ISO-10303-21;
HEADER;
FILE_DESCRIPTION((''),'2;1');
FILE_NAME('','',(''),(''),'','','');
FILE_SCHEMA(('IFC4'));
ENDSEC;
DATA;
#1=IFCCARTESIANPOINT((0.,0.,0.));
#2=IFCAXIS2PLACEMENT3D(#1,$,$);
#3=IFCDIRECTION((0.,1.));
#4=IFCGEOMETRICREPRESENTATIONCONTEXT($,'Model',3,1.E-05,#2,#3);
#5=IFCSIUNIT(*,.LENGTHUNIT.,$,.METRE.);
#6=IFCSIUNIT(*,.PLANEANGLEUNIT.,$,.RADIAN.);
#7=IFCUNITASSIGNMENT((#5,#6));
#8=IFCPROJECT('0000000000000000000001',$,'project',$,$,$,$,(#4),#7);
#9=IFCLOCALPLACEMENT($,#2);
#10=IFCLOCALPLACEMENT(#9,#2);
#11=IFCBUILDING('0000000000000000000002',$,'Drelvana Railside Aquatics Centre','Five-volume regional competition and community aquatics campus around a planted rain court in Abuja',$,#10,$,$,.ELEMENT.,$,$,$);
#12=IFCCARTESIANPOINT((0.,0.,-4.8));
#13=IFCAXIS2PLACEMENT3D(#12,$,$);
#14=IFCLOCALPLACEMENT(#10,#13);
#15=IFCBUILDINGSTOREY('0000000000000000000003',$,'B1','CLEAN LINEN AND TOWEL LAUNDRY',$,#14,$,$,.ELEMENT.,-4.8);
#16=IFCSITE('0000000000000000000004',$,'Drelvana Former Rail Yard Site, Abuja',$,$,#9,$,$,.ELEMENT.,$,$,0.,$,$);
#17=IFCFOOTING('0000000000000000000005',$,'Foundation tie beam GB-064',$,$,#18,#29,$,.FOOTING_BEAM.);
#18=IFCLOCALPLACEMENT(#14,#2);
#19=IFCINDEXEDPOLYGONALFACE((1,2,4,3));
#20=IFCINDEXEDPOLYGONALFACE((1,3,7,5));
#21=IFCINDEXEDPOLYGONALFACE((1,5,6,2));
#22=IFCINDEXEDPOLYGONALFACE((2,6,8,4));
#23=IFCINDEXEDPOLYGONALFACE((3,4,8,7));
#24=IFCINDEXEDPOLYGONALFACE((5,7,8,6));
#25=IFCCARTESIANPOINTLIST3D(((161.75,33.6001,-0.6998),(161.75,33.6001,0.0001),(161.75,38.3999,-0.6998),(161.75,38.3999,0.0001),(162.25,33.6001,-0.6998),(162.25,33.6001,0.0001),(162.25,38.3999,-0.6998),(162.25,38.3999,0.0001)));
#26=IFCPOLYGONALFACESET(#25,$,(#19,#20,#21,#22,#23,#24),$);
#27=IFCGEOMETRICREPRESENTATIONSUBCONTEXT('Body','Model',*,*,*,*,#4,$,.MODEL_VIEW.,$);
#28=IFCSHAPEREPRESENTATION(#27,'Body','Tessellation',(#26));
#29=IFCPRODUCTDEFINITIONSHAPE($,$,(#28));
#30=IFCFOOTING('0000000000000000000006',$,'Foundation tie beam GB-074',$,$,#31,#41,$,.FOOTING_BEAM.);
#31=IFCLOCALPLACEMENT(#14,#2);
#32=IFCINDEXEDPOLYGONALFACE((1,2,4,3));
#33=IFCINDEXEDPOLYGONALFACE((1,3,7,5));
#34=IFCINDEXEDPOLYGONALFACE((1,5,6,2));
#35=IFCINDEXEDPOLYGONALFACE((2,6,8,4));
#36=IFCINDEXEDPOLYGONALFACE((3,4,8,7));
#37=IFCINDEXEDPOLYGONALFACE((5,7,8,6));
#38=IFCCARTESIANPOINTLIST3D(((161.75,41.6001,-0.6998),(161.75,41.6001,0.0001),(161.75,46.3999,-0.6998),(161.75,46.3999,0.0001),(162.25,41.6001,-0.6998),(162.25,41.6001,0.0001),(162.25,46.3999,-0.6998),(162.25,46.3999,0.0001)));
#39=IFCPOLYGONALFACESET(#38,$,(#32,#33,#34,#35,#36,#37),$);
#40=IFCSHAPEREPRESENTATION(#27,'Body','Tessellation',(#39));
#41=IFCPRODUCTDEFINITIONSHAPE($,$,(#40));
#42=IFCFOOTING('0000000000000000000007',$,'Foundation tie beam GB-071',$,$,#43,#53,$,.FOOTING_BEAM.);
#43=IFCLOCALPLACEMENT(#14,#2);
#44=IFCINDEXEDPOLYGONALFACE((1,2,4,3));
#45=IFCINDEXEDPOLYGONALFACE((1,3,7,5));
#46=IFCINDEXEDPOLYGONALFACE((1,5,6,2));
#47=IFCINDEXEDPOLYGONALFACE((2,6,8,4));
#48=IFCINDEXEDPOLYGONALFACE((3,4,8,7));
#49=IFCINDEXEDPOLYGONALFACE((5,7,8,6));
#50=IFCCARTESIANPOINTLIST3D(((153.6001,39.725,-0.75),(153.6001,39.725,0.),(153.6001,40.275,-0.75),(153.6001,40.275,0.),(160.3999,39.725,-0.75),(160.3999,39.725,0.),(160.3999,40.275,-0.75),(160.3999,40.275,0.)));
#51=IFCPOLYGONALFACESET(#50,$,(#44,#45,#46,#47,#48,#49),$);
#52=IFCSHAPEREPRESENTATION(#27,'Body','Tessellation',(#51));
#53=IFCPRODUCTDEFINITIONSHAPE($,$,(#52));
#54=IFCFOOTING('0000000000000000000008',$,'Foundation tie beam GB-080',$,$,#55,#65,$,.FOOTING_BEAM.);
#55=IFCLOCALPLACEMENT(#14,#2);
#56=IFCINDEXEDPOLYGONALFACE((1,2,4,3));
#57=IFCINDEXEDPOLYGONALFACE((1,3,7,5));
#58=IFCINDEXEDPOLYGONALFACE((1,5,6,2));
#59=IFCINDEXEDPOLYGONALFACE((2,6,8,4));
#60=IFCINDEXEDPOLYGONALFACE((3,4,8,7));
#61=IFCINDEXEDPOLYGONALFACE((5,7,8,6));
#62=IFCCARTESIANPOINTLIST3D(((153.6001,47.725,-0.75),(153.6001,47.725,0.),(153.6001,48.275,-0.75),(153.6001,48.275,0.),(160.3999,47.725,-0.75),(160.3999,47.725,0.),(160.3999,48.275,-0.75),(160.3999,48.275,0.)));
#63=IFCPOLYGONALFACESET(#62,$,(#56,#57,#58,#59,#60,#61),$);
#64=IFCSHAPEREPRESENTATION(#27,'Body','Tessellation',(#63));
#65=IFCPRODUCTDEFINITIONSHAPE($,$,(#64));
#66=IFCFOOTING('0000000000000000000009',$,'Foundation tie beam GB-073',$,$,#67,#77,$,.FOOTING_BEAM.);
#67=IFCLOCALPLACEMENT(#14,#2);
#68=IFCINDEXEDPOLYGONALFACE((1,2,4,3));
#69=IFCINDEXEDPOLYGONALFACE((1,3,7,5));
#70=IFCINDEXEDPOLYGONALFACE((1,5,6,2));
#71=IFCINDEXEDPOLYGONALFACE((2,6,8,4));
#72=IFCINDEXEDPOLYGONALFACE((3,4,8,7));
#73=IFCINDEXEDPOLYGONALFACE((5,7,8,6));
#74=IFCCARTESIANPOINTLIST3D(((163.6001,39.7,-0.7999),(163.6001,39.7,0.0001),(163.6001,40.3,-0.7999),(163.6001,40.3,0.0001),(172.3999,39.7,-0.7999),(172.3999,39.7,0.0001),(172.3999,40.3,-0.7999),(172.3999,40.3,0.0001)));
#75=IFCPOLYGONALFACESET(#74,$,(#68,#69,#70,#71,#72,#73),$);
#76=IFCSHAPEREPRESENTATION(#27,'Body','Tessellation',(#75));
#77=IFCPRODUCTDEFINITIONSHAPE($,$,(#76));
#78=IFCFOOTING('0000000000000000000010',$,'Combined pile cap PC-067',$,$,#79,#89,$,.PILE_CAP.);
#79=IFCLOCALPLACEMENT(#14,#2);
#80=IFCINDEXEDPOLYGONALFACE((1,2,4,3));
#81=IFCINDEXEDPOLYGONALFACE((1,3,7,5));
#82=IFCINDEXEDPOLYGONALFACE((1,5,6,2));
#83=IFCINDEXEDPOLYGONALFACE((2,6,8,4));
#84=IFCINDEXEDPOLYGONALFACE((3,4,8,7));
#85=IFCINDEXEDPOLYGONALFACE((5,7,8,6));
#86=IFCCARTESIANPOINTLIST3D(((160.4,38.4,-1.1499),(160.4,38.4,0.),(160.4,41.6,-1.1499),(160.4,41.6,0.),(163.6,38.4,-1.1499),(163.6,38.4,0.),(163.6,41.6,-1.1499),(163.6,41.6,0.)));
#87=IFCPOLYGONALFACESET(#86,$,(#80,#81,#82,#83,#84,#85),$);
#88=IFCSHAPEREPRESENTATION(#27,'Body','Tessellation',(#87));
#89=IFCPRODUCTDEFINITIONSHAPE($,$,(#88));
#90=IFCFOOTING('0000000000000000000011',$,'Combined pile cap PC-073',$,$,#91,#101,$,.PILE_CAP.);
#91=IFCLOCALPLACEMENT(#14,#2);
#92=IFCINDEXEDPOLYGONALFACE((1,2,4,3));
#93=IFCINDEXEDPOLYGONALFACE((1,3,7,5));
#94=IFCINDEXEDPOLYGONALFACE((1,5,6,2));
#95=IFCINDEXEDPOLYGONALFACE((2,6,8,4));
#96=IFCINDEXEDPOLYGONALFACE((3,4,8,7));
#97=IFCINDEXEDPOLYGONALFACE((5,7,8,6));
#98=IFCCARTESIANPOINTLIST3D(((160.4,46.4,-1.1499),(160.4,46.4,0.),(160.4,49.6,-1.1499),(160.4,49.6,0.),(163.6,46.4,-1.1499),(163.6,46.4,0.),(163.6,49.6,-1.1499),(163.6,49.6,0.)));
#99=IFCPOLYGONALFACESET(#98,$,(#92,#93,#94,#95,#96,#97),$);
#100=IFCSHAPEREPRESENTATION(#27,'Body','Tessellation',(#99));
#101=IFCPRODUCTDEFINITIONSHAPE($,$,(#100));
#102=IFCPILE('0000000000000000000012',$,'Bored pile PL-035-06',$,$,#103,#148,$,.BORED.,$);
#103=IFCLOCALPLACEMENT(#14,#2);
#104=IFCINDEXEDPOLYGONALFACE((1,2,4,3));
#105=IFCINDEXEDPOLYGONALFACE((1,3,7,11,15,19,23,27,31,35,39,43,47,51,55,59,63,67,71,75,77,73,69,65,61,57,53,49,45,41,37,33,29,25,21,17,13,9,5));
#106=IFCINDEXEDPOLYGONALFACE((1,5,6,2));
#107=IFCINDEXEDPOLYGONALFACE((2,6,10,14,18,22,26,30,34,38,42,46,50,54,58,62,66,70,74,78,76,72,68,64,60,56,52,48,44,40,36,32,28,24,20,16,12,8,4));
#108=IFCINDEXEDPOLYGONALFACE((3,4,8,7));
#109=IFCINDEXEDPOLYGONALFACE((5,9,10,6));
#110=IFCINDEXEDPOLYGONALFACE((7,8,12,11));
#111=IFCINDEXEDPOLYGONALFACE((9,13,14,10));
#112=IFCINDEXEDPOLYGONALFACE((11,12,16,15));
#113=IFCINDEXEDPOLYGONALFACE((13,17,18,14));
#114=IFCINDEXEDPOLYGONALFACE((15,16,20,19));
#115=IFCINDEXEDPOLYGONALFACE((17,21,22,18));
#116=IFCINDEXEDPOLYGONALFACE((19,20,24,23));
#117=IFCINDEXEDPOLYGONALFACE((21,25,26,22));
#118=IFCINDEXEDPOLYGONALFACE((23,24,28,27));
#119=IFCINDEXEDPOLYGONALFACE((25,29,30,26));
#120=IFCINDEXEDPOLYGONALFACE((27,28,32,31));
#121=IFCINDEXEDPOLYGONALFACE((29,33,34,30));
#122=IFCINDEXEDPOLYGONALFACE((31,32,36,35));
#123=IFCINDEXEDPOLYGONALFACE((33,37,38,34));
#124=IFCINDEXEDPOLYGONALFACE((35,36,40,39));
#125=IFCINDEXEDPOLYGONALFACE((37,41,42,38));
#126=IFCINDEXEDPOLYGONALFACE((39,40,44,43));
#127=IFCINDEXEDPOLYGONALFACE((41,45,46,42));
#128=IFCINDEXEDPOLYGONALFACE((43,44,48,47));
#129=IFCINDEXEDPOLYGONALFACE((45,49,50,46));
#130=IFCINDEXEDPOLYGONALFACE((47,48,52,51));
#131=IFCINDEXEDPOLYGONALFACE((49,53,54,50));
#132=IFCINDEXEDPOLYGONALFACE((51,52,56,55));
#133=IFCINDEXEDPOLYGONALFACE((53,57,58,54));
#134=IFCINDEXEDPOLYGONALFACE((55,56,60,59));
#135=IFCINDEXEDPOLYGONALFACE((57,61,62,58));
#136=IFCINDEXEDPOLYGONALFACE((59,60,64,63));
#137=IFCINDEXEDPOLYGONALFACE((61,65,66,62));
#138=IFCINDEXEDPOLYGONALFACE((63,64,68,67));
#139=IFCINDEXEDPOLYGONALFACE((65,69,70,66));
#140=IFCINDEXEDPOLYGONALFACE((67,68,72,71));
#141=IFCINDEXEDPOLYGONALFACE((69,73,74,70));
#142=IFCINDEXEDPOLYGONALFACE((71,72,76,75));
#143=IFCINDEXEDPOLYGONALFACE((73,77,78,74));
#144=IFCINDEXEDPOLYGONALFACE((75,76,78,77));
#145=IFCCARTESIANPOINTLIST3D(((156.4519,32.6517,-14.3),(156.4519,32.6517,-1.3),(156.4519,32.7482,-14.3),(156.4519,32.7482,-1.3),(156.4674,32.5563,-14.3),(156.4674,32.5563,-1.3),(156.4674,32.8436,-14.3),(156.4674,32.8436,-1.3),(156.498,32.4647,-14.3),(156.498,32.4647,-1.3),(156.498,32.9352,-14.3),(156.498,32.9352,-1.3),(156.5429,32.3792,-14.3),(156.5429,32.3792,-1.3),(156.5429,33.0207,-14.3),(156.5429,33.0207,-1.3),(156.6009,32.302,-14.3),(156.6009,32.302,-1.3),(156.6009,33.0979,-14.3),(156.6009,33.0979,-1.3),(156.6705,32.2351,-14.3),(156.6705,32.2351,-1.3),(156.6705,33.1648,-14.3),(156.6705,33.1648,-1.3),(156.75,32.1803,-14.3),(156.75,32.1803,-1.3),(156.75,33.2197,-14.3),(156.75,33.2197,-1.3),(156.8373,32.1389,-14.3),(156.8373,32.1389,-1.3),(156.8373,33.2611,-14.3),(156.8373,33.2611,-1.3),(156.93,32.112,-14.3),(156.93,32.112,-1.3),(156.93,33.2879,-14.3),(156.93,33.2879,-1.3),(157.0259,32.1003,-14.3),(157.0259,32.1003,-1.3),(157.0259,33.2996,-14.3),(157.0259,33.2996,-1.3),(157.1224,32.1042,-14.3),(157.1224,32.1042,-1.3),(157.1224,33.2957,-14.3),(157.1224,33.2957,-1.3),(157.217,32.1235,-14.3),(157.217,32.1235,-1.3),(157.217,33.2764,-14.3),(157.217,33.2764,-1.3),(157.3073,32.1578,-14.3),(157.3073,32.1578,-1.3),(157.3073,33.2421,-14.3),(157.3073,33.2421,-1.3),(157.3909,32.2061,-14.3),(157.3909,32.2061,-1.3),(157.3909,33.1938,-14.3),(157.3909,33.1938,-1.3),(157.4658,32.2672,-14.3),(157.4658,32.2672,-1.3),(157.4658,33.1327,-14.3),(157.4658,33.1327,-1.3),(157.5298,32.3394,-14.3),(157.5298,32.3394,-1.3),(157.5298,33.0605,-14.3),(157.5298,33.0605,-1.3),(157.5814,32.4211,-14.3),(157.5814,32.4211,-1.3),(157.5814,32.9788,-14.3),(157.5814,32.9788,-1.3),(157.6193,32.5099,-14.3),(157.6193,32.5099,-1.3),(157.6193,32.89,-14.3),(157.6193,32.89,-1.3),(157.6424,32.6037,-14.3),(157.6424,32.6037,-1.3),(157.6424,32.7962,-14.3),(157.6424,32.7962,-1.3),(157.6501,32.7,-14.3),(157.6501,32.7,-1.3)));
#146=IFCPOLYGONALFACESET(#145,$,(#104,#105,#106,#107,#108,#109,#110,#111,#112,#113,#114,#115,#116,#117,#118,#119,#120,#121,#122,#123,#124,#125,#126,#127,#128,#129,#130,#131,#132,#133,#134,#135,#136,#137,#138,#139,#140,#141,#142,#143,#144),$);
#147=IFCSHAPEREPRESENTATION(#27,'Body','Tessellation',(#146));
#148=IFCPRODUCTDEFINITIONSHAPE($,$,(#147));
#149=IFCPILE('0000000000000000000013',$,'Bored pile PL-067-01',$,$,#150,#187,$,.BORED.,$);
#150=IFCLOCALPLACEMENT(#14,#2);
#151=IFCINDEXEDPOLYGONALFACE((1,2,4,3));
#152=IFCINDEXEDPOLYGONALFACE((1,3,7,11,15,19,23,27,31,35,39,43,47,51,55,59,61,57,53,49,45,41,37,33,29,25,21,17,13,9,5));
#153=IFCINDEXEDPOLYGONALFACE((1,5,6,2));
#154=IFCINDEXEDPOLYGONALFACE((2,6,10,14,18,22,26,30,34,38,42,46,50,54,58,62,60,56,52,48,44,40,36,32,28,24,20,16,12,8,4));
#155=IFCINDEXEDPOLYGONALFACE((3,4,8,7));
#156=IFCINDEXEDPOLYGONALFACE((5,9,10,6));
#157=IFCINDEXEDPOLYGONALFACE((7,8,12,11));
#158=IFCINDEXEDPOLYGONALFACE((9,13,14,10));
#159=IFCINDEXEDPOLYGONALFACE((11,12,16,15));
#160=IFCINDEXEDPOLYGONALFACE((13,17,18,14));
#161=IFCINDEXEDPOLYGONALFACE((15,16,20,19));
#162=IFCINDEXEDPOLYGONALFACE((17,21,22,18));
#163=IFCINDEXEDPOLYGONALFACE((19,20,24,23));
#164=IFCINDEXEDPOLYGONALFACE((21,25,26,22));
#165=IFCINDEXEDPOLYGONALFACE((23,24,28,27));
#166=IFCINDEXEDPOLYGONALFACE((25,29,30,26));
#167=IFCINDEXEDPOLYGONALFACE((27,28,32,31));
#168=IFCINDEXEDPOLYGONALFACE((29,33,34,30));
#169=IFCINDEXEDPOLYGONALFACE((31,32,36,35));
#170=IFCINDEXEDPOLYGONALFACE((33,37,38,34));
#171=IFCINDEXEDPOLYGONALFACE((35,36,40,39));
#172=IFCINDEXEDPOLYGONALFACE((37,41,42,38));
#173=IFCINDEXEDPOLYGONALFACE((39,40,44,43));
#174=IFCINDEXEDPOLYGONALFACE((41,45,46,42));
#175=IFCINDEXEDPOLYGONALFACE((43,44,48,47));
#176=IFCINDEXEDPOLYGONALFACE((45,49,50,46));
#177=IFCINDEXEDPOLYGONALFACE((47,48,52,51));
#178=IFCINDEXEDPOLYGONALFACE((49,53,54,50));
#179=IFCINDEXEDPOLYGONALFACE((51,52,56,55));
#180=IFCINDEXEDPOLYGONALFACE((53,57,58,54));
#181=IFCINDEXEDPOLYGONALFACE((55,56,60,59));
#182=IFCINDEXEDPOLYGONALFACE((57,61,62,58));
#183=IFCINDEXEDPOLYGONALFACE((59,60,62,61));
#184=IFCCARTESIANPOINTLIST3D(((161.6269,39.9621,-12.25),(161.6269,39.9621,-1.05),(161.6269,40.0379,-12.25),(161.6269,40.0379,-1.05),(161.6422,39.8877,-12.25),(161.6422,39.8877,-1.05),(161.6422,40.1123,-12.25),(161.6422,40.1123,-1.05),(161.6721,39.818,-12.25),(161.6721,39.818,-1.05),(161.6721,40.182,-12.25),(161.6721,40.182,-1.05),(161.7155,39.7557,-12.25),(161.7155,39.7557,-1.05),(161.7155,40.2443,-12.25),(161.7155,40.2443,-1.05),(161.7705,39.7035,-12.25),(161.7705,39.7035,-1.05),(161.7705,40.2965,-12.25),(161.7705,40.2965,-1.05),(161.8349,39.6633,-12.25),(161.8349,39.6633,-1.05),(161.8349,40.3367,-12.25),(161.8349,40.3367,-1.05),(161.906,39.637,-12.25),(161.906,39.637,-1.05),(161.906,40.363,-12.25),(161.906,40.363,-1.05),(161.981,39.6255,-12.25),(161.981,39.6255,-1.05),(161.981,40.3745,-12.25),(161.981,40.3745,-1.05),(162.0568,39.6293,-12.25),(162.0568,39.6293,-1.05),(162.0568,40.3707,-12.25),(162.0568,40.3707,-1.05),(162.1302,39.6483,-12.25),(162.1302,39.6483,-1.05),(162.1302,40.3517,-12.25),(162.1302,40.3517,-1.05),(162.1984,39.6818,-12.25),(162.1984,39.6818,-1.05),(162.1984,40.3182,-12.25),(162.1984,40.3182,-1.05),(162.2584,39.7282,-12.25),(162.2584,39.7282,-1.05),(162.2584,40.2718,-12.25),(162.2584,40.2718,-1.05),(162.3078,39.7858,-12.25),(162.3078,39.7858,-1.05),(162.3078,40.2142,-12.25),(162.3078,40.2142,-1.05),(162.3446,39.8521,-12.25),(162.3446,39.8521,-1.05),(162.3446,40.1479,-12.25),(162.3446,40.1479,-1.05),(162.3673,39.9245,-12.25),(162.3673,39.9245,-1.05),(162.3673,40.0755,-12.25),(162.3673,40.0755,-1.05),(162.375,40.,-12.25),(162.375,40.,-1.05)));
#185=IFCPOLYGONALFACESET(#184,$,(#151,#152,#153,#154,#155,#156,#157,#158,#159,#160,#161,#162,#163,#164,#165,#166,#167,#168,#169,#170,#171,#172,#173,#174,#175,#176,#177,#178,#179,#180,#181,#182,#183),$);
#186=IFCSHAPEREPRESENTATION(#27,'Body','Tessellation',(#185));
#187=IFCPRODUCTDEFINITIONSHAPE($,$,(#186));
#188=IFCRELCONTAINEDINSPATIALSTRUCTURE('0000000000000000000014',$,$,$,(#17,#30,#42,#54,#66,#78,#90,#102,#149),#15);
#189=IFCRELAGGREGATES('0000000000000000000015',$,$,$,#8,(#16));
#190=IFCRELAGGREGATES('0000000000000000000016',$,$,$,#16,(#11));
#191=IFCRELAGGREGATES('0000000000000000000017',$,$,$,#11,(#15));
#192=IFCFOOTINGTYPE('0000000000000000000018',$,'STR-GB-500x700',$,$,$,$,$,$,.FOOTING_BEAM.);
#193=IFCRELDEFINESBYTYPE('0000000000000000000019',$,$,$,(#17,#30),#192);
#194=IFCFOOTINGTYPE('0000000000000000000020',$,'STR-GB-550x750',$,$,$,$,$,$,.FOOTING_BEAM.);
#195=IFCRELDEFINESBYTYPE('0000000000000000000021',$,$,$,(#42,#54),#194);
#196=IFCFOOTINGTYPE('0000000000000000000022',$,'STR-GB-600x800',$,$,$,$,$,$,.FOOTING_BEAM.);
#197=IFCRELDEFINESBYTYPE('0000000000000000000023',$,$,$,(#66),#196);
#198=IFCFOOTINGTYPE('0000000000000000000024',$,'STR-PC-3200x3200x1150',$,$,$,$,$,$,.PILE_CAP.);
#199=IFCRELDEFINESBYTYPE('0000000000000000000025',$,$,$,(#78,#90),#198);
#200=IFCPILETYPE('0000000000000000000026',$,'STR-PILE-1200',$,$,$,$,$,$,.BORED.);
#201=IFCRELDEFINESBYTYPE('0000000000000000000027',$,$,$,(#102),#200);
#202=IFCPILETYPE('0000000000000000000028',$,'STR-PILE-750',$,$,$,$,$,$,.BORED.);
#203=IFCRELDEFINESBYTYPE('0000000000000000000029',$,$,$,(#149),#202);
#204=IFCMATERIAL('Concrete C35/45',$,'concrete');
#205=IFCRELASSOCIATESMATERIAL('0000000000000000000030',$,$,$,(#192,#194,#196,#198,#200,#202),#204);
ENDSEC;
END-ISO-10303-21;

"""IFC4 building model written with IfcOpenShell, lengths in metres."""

from ifc_helpers import new_model, si_unit, direction, frame, origin, origin_2d, place, context, subcontext, project, spatial, rectangle, circle, extrude, material, material_profile, profile_set, type_object, element, save


model = new_model("IFC4")

# Units and contexts
model_context = context("Model", 3, precision=1e-05, world=origin(), true_north=direction((0.0, 1.0)))
body_context = subcontext(model_context, "Body", "Model", "MODEL_VIEW")
ifc_project = project(units=[si_unit("LENGTHUNIT", "METRE"), si_unit("PLANEANGLEUNIT", "RADIAN")], contexts=[model_context])

# Site, building, storey
site_placement = place(None, origin())
site = spatial("IfcSite", under=ifc_project, at=site_placement, Name="Drelvana Former Rail Yard Site, Abuja", CompositionType="ELEMENT", RefElevation=0.0)
building_placement = place(site_placement, origin())
building = spatial("IfcBuilding", under=site, at=building_placement, Name="Drelvana Railside Aquatics Centre", Description="Five-volume regional competition and community aquatics campus around a planted rain court in Abuja", CompositionType="ELEMENT")
storey_placement = place(building_placement, frame((0.0, 0.0, -4.8)))
storey = spatial("IfcBuildingStorey", under=building, at=storey_placement, Name="B1", Description="CLEAN LINEN AND TOWEL LAUNDRY", CompositionType="ELEMENT", Elevation=-4.8)

# Footings
ifc_material_1 = material(Name="Concrete C35/45", Category="concrete")
ifc_material_profile_1 = material_profile(ifc_material_1, rectangle(XDim=0.5, YDim=0.7, at=origin_2d()), Name="GB 500x700")
ifc_profile_set_1 = profile_set([ifc_material_profile_1], Name="Concrete C35/45")
footing_type_1 = type_object("IfcFootingType", Name="STR-GB-500x700", PredefinedType="FOOTING_BEAM", material=ifc_profile_set_1)
for number, where, z_axis, x_axis, name in (
    (1, (162.0, 33.6001, -0.3499), (0.0, 1.0, 0.0), (-1.0, 0.0, 0.0), "Foundation tie beam GB-064"),
    (2, (162.0, 41.6001, -0.3499), (0.0, 1.0, 0.0), (-1.0, 0.0, 0.0), "Foundation tie beam GB-074"),
):
    element("IfcFooting", number, at=place(storey_placement, frame(where, z_axis=z_axis, x_axis=x_axis)), inside=storey, type_object=footing_type_1, Name=name, PredefinedType="FOOTING_BEAM", context=body_context, shape_type="SweptSolid", body=[
        extrude(rectangle(XDim=0.5, YDim=0.7, at=origin_2d()), origin(), (0.0, 0.0, 1.0), 4.7998),
    ])
ifc_material_profile_2 = material_profile(ifc_material_1, rectangle(XDim=0.55, YDim=0.75, at=origin_2d()), Name="GB 550x750")
ifc_profile_set_2 = profile_set([ifc_material_profile_2], Name="Concrete C35/45")
footing_type_2 = type_object("IfcFootingType", Name="STR-GB-550x750", PredefinedType="FOOTING_BEAM", material=ifc_profile_set_2)
for number, where, z_axis, x_axis, name in (
    (3, (153.6001, 40.0, -0.375), (1.0, 0.0, 0.0), (0.0, 1.0, 0.0), "Foundation tie beam GB-071"),
    (4, (153.6001, 48.0, -0.375), (1.0, 0.0, 0.0), (0.0, 1.0, 0.0), "Foundation tie beam GB-080"),
):
    element("IfcFooting", number, at=place(storey_placement, frame(where, z_axis=z_axis, x_axis=x_axis)), inside=storey, type_object=footing_type_2, Name=name, PredefinedType="FOOTING_BEAM", context=body_context, shape_type="SweptSolid", body=[
        extrude(rectangle(XDim=0.55, YDim=0.75, at=origin_2d()), origin(), (0.0, 0.0, 1.0), 6.7998),
    ])
ifc_material_profile_3 = material_profile(ifc_material_1, rectangle(XDim=0.6001, YDim=0.8, at=origin_2d()), Name="GB 600x800")
ifc_profile_set_3 = profile_set([ifc_material_profile_3], Name="Concrete C35/45")
footing_type_3 = type_object("IfcFootingType", Name="STR-GB-600x800", PredefinedType="FOOTING_BEAM", material=ifc_profile_set_3)
footing_placement = place(storey_placement, frame((163.6001, 40.0, -0.3999), z_axis=(1.0, 0.0, 0.0), x_axis=(0.0, 1.0, 0.0)))
element("IfcFooting", 5, at=footing_placement, inside=storey, type_object=footing_type_3, Name="Foundation tie beam GB-073", PredefinedType="FOOTING_BEAM", context=body_context, shape_type="SweptSolid", body=[
    extrude(rectangle(XDim=0.6001, YDim=0.8, at=origin_2d()), origin(), (0.0, 0.0, 1.0), 8.7998),
])
footing_type_4 = type_object("IfcFootingType", Name="STR-PC-3200x3200x1150", PredefinedType="PILE_CAP", material=ifc_material_1)
for number, where, z_axis, x_axis, name in (
    (6, (162.0, 40.0, -1.1499), (0.0, 0.0, 1.0), (1.0, 0.0, 0.0), "Combined pile cap PC-067"),
    (7, (162.0, 48.0, -1.1499), (0.0, 0.0, 1.0), (1.0, 0.0, 0.0), "Combined pile cap PC-073"),
):
    element("IfcFooting", number, at=place(storey_placement, frame(where, z_axis=z_axis, x_axis=x_axis)), inside=storey, type_object=footing_type_4, Name=name, PredefinedType="PILE_CAP", context=body_context, shape_type="SweptSolid", body=[
        extrude(rectangle(XDim=3.2, YDim=3.2, at=origin_2d()), origin(), (0.0, 0.0, 1.0), 1.1499),
    ])

# Piles
ifc_material_profile_4 = material_profile(ifc_material_1, circle(Radius=0.6001, at=origin_2d()), Name="PILE D1200")
ifc_profile_set_4 = profile_set([ifc_material_profile_4], Name="Concrete C35/45")
pile_type_1 = type_object("IfcPileType", Name="STR-PILE-1200", PredefinedType="BORED", material=ifc_profile_set_4)
pile_placement = place(storey_placement, frame((157.05, 32.7, -1.3), z_axis=(0.0, 0.0, -1.0), x_axis=(1.0, 0.0, 0.0)))
element("IfcPile", 8, at=pile_placement, inside=storey, type_object=pile_type_1, Name="Bored pile PL-035-06", PredefinedType="BORED", context=body_context, shape_type="SweptSolid", body=[
    extrude(circle(Radius=0.6001, at=origin_2d()), origin(), (0.0, 0.0, 1.0), 13.0),
])
ifc_material_profile_5 = material_profile(ifc_material_1, circle(Radius=0.375, at=origin_2d()), Name="PILE D750")
ifc_profile_set_5 = profile_set([ifc_material_profile_5], Name="Concrete C35/45")
pile_type_2 = type_object("IfcPileType", Name="STR-PILE-750", PredefinedType="BORED", material=ifc_profile_set_5)
for number, where, z_axis, x_axis, name in (
    (9, (162.0, 40.0, -1.05), (0.0, 0.0, -1.0), (1.0, 0.0, 0.0), "Bored pile PL-067-01"),
):
    element("IfcPile", number, at=place(storey_placement, frame(where, z_axis=z_axis, x_axis=x_axis)), inside=storey, type_object=pile_type_2, Name=name, PredefinedType="BORED", context=body_context, shape_type="SweptSolid", body=[
        extrude(circle(Radius=0.375, at=origin_2d()), origin(), (0.0, 0.0, 1.0), 11.2),
    ])

save(model, "model.ifc")
